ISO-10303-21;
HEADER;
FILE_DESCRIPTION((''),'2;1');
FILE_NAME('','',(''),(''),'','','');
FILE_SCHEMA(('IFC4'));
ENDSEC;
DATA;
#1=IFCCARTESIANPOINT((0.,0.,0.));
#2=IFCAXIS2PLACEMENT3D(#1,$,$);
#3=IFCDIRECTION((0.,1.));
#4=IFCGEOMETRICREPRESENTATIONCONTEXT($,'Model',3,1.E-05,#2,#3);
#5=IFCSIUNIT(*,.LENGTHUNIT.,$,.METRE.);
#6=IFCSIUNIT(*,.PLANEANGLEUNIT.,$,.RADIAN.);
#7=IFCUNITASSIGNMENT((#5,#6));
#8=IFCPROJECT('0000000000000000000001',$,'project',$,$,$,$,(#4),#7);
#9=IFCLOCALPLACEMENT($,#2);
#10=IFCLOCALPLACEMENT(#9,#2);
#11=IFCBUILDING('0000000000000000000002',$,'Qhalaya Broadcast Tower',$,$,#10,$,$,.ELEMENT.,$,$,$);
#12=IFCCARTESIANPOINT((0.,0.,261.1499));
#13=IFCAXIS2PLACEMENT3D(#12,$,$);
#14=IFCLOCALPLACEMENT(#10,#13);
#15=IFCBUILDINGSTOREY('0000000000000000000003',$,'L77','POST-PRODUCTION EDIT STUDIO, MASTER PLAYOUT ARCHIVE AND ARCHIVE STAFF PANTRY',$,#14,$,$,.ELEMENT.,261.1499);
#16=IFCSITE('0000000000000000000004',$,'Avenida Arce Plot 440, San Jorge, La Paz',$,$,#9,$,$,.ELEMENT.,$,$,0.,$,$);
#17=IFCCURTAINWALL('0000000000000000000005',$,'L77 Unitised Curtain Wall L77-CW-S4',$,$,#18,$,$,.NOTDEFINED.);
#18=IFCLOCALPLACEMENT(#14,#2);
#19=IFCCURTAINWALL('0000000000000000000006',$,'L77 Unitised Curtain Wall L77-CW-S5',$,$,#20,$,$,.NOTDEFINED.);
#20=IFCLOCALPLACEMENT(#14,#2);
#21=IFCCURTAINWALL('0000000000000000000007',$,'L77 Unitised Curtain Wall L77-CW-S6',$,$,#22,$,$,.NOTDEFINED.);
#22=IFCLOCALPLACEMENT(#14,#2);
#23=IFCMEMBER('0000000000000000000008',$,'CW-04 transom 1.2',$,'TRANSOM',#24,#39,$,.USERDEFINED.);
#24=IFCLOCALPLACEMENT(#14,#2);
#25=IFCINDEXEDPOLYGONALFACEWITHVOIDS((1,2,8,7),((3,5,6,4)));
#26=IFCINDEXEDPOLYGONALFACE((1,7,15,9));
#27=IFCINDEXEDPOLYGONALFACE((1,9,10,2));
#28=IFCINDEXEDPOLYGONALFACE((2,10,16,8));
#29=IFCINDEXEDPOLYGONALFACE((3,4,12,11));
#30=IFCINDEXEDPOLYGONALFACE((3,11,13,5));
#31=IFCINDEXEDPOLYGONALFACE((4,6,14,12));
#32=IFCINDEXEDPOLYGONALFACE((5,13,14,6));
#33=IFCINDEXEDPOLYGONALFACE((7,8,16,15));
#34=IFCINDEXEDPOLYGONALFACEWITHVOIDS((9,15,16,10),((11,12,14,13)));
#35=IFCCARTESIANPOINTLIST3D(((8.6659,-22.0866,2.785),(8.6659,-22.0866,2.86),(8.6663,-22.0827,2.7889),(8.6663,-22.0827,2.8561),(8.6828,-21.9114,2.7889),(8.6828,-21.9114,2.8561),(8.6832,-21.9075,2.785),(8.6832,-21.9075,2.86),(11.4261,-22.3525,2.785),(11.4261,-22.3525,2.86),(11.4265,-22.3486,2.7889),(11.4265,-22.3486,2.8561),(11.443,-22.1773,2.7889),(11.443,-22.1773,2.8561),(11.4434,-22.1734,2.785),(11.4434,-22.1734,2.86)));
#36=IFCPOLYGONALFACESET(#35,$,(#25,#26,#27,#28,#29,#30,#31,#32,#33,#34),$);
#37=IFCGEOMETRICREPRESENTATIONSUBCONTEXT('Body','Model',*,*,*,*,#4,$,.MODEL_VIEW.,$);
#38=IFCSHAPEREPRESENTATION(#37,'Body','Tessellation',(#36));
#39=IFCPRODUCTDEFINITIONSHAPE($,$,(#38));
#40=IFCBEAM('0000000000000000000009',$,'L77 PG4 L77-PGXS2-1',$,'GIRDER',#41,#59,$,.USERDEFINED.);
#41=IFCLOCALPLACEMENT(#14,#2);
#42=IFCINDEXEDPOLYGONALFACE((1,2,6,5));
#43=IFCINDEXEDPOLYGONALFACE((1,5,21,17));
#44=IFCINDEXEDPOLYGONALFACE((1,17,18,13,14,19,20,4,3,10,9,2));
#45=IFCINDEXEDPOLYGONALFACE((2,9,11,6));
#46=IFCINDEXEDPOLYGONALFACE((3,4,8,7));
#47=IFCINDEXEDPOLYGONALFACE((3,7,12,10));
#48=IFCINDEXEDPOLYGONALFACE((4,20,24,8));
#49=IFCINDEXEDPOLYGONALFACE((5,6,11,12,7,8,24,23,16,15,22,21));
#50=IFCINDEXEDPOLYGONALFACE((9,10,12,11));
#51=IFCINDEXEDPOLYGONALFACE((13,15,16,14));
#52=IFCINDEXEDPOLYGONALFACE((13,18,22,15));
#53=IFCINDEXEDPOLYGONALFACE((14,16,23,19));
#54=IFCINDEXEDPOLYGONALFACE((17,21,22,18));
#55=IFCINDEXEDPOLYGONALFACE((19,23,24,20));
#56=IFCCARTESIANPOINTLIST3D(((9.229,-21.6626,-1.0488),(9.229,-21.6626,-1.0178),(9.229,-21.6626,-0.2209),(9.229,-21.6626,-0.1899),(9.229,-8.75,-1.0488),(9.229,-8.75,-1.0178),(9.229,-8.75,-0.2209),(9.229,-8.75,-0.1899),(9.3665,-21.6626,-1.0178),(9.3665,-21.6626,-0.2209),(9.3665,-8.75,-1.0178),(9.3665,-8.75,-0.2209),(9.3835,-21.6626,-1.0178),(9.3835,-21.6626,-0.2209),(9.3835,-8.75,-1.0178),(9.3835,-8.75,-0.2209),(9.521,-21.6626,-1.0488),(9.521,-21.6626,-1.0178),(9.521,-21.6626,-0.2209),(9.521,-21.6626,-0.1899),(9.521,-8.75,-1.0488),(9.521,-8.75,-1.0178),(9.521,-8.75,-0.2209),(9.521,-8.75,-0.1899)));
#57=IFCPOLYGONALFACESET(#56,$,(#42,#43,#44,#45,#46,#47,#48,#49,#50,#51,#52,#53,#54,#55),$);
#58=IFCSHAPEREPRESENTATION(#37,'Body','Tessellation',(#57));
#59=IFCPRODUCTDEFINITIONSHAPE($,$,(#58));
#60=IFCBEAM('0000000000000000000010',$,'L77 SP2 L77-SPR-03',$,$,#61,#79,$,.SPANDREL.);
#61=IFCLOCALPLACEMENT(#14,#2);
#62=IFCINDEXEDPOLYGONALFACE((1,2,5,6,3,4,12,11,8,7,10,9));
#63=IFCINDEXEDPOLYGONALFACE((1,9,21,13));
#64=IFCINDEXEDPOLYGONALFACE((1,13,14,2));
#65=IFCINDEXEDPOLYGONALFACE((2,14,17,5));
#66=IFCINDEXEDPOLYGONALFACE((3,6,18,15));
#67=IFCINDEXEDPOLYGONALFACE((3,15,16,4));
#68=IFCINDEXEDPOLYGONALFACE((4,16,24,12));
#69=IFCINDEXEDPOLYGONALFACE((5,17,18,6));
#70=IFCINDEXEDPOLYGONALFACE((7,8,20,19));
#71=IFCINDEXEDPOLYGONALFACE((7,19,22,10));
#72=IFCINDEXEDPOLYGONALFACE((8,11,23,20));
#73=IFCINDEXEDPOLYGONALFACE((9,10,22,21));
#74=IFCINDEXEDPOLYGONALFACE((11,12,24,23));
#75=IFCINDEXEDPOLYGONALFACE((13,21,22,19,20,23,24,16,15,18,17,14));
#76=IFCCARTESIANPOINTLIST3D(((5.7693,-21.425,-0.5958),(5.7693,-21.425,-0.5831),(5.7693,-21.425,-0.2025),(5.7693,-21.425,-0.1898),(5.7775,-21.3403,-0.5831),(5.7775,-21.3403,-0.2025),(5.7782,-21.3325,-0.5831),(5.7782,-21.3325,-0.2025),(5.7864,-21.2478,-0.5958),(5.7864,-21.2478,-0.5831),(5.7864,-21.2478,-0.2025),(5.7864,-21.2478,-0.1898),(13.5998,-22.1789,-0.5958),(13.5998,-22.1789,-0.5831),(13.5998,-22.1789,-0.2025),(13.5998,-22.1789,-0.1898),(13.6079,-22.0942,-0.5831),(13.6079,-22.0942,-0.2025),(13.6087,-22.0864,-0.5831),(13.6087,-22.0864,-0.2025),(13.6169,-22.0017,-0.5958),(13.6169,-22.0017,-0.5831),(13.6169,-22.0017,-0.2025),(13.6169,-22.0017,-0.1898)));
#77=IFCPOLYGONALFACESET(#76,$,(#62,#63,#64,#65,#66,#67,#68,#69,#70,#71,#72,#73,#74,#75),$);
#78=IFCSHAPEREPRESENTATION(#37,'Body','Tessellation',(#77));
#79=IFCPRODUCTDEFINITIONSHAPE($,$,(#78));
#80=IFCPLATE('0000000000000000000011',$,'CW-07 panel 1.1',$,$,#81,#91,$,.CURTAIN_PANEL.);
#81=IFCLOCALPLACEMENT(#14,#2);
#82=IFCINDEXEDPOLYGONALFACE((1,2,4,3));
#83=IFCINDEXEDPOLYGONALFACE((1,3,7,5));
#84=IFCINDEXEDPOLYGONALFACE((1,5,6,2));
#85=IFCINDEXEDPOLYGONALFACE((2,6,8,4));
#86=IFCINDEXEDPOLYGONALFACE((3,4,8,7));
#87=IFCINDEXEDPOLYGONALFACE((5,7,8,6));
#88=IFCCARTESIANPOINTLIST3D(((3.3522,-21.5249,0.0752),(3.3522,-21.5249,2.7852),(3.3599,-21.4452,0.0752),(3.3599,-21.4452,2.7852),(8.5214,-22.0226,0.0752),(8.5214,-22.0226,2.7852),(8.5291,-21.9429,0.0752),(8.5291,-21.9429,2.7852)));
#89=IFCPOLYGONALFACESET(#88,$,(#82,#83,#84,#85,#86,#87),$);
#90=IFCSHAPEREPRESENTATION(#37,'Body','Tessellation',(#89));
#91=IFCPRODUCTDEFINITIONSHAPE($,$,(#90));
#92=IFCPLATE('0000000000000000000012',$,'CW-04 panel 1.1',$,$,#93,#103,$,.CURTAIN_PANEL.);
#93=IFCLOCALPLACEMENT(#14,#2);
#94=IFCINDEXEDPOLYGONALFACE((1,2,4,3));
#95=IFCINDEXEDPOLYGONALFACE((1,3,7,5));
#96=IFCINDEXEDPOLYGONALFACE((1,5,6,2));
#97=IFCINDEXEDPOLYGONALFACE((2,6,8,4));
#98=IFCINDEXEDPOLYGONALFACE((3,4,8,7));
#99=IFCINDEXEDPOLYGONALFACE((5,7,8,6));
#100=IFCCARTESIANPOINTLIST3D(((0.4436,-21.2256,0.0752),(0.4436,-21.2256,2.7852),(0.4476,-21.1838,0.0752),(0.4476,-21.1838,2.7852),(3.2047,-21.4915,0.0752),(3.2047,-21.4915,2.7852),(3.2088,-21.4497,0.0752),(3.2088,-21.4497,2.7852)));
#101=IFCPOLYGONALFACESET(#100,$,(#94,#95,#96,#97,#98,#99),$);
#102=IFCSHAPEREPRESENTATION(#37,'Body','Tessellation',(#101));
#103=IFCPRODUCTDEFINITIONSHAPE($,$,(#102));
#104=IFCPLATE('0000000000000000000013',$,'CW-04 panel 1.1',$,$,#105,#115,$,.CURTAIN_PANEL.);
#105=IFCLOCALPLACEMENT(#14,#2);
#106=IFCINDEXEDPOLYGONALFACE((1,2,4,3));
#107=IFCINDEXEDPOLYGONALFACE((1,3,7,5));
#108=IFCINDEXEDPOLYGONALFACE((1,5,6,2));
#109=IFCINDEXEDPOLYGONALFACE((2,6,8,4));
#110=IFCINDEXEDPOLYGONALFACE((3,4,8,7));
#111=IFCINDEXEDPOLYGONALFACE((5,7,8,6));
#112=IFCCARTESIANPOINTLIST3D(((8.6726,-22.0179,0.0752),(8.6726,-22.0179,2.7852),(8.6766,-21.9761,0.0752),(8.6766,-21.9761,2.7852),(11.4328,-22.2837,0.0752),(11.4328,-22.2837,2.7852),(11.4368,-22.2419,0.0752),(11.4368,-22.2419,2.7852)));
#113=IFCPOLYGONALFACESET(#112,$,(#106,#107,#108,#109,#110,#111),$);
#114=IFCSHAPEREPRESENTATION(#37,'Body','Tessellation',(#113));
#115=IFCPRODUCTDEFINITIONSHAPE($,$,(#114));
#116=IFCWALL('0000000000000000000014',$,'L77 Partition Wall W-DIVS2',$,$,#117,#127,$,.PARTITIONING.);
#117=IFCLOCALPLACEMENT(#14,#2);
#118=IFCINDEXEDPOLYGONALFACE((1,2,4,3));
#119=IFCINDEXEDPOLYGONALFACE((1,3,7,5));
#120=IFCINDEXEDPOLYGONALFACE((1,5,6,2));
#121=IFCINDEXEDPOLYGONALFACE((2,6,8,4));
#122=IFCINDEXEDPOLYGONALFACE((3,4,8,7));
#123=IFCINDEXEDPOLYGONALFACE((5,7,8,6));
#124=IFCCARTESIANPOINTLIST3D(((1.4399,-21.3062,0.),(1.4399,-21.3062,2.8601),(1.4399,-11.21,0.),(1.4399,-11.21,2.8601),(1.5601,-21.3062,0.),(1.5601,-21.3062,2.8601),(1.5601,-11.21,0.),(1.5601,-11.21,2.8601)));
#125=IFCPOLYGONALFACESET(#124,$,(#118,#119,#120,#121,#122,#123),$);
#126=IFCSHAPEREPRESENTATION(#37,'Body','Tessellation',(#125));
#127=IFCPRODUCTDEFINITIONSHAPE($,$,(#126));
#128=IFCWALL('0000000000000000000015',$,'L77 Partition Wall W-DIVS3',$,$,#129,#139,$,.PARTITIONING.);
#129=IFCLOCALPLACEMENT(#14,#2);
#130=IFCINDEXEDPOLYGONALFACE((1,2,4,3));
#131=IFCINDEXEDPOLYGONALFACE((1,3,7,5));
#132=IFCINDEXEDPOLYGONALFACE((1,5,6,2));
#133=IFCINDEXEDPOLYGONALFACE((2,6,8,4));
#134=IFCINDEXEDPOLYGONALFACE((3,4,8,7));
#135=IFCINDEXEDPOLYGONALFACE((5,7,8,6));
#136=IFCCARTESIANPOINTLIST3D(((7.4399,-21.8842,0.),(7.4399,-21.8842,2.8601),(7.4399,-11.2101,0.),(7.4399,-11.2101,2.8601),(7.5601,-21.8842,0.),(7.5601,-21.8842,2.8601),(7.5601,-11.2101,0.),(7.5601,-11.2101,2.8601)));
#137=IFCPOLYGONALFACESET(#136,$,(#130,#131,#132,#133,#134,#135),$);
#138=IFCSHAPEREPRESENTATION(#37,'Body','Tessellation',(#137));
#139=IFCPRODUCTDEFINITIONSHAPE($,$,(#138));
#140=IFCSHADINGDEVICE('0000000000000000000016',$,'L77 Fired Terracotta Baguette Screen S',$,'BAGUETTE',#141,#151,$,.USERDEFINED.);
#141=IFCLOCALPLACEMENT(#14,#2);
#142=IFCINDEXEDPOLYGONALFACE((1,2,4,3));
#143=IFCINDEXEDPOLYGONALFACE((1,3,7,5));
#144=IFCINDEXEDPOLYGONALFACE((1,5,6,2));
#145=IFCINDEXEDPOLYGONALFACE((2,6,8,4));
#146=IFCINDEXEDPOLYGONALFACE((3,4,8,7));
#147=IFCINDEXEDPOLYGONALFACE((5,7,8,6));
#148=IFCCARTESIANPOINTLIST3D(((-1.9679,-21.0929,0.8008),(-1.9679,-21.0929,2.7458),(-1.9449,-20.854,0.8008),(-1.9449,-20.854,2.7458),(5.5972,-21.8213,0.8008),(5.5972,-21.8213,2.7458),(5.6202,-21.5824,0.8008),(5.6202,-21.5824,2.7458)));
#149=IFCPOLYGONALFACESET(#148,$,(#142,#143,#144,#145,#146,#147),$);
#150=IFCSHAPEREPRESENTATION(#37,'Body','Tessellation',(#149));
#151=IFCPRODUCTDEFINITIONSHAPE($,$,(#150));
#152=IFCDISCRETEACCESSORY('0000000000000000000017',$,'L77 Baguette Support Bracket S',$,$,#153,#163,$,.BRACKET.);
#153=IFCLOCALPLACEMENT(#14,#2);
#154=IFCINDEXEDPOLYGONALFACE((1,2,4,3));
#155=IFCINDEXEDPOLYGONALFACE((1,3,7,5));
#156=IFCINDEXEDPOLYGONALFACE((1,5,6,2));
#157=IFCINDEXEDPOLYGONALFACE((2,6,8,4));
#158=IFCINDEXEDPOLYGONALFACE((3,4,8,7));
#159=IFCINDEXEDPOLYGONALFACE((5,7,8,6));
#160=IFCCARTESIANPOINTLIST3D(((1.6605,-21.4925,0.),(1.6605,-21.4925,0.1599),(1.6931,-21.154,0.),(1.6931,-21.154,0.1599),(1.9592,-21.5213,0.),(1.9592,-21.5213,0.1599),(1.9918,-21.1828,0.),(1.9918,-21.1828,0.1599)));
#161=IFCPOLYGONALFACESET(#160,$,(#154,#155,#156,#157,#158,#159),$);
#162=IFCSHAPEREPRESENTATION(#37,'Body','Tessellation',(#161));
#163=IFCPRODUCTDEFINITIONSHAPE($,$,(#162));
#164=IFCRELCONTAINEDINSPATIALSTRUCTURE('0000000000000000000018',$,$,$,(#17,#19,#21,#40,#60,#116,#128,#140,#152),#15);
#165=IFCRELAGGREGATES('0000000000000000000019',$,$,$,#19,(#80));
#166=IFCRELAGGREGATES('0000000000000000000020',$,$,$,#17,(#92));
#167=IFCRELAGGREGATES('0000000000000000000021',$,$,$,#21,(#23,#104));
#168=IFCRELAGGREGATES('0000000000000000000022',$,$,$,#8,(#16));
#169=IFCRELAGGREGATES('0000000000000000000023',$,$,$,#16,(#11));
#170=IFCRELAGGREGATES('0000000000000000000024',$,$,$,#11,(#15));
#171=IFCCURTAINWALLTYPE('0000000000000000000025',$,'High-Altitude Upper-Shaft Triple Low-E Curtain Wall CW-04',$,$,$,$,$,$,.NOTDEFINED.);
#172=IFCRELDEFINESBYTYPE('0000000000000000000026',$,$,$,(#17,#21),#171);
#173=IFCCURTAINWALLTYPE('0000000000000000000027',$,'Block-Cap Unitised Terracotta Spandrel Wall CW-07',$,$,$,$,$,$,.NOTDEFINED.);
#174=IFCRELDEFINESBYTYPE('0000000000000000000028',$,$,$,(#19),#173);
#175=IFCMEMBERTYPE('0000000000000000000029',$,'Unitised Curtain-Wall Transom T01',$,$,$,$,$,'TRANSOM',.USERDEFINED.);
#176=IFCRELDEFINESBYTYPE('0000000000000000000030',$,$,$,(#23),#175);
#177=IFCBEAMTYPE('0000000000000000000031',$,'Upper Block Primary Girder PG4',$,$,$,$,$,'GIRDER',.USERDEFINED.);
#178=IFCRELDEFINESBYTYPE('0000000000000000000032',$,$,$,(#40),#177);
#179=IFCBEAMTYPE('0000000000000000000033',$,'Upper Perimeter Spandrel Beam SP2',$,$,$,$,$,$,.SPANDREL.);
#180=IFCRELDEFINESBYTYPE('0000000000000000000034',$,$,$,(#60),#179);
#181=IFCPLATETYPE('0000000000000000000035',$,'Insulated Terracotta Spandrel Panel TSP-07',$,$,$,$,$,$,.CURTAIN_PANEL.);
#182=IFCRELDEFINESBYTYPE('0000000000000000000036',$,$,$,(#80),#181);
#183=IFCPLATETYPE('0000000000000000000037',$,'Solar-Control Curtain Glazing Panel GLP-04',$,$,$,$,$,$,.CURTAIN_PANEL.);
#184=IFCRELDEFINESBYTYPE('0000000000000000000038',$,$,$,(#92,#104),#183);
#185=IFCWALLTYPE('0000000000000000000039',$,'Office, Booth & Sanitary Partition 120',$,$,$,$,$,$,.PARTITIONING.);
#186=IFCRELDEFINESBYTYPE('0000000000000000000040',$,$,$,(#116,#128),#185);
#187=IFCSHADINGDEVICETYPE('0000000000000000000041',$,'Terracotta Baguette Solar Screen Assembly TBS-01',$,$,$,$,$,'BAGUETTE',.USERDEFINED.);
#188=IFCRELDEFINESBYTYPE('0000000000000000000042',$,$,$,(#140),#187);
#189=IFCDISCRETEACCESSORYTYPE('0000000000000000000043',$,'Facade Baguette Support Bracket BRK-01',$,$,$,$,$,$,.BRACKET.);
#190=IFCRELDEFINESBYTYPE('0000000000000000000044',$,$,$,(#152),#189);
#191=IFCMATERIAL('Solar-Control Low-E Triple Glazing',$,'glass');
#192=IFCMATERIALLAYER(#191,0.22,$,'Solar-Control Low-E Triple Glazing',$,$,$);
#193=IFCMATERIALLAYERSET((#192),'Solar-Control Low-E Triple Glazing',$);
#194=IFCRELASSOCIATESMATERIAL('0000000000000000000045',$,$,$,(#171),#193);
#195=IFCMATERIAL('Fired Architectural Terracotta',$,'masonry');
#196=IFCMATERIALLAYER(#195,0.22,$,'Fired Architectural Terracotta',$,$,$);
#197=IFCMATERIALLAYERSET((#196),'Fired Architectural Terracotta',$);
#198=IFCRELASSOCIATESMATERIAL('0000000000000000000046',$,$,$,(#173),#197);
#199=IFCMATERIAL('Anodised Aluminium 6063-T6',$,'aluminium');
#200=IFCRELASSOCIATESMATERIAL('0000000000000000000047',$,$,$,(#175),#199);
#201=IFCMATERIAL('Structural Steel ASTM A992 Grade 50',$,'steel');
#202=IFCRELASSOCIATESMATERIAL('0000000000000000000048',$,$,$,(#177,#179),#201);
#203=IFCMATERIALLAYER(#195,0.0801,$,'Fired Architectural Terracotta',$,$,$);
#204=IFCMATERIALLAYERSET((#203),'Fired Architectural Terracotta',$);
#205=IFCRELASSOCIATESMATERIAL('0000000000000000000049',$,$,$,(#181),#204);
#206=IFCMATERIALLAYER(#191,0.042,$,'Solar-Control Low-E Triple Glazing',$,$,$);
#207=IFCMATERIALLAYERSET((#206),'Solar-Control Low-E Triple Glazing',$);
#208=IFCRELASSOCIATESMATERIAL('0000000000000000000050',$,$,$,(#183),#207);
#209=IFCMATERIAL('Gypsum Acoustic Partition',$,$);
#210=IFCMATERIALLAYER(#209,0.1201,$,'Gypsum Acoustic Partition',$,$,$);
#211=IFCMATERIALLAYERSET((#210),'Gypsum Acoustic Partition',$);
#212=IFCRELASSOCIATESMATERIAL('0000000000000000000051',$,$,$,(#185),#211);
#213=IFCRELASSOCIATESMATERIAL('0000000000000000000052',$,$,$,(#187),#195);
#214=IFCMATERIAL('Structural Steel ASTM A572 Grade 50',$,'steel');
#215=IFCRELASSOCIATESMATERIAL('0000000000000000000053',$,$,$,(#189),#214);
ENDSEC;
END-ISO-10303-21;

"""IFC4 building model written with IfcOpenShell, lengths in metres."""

from ifc_helpers import new_model, si_unit, direction, frame, frame_2d, origin, origin_2d, place, context, subcontext, project, spatial, rectangle, hollow_rectangle, i_section, extrude, material, layer, layer_set, material_profile, profile_set, type_object, element, aggregate, save


model = new_model("IFC4")

# Units and contexts
model_context = context("Model", 3, precision=1e-05, world=origin(), true_north=direction((0.0, 1.0)))
body_context = subcontext(model_context, "Body", "Model", "MODEL_VIEW")
ifc_project = project(units=[si_unit("LENGTHUNIT", "METRE"), si_unit("PLANEANGLEUNIT", "RADIAN")], contexts=[model_context])

# Site, building, storey
site_placement = place(None, origin())
site = spatial("IfcSite", under=ifc_project, at=site_placement, Name="Avenida Arce Plot 440, San Jorge, La Paz", CompositionType="ELEMENT", RefElevation=0.0)
building_placement = place(site_placement, origin())
building = spatial("IfcBuilding", under=site, at=building_placement, Name="Qhalaya Broadcast Tower", CompositionType="ELEMENT")
storey_placement = place(building_placement, frame((0.0, 0.0, 261.1499)))
storey = spatial("IfcBuildingStorey", under=building, at=storey_placement, Name="L77", Description="POST-PRODUCTION EDIT STUDIO, MASTER PLAYOUT ARCHIVE AND ARCHIVE STAFF PANTRY", CompositionType="ELEMENT", Elevation=261.1499)

# Shared definitions
ifc_material_1 = material(Name="Structural Steel ASTM A572 Grade 50", Category="steel")

# Shared definitions
ifc_material_2 = material(Name="Structural Steel ASTM A992 Grade 50", Category="steel")

# Curtain wall
ifc_material_3 = material(Name="Solar-Control Low-E Triple Glazing", Category="glass")
ifc_layer_1 = layer(ifc_material_3, 0.22, Name="Solar-Control Low-E Triple Glazing")
ifc_layer_set_1 = layer_set([ifc_layer_1], Name="Solar-Control Low-E Triple Glazing")
curtain_wall_type_1 = type_object("IfcCurtainWallType", Name="High-Altitude Upper-Shaft Triple Low-E Curtain Wall CW-04", PredefinedType="NOTDEFINED", material=ifc_layer_set_1)
curtain_wall_1_placement = place(storey_placement, origin())
curtain_wall_1 = element("IfcCurtainWall", 1, at=curtain_wall_1_placement, inside=storey, type_object=curtain_wall_type_1, Name="L77 Unitised Curtain Wall L77-CW-S4", PredefinedType="NOTDEFINED")
ifc_material_4 = material(Name="Anodised Aluminium 6063-T6", Category="aluminium")

# Curtain wall
ifc_material_5 = material(Name="Fired Architectural Terracotta", Category="masonry")
ifc_layer_2 = layer(ifc_material_5, 0.22, Name="Fired Architectural Terracotta")
ifc_layer_set_2 = layer_set([ifc_layer_2], Name="Fired Architectural Terracotta")
curtain_wall_type_2 = type_object("IfcCurtainWallType", Name="Block-Cap Unitised Terracotta Spandrel Wall CW-07", PredefinedType="NOTDEFINED", material=ifc_layer_set_2)
curtain_wall_2_placement = place(storey_placement, origin())
curtain_wall_2 = element("IfcCurtainWall", 2, at=curtain_wall_2_placement, inside=storey, type_object=curtain_wall_type_2, Name="L77 Unitised Curtain Wall L77-CW-S5", PredefinedType="NOTDEFINED")

# Curtain wall
curtain_wall_3_placement = place(storey_placement, origin())
curtain_wall_3 = element("IfcCurtainWall", 3, at=curtain_wall_3_placement, inside=storey, type_object=curtain_wall_type_1, Name="L77 Unitised Curtain Wall L77-CW-S6", PredefinedType="NOTDEFINED")

# Member
ifc_material_profile_1 = material_profile(ifc_material_4, hollow_rectangle(XDim=0.075, YDim=0.1799, WallThickness=0.0039, at=origin_2d()), Name="ALU-TRN 75x180x4")
ifc_profile_set_1 = profile_set([ifc_material_profile_1], Name="Anodised Aluminium 6063-T6")
member_type_1 = type_object("IfcMemberType", Name="Unitised Curtain-Wall Transom T01", ElementType="TRANSOM", PredefinedType="USERDEFINED", material=ifc_profile_set_1)
member_1_placement = place(storey_placement, frame((8.6746, -21.9971, 2.8225), z_axis=(0.995393, -0.095877, 0.0), x_axis=(0.0, 0.0, 1.0)))
member_1 = element("IfcMember", 4, at=member_1_placement, type_object=member_type_1, Name="CW-04 transom 1.2", ObjectType="TRANSOM", PredefinedType="USERDEFINED", context=body_context, shape_type="SweptSolid", body=[
    extrude(hollow_rectangle(XDim=0.075, YDim=0.1799, WallThickness=0.0039, at=origin_2d()), origin(), (0.0, 0.0, 1.0), 2.7729),
])

# Beams
ifc_material_profile_2 = material_profile(ifc_material_2, i_section(OverallWidth=0.292, OverallDepth=0.8589, WebThickness=0.0171, FlangeThickness=0.031, at=origin_2d()), Name="W33X169")
ifc_profile_set_2 = profile_set([ifc_material_profile_2], Name="Structural Steel ASTM A992 Grade 50")
beam_type_1 = type_object("IfcBeamType", Name="Upper Block Primary Girder PG4", ElementType="GIRDER", PredefinedType="USERDEFINED", material=ifc_profile_set_2)
beam_1_placement = place(storey_placement, frame((9.375, -21.6626, -0.6194), z_axis=(0.0, 1.0, 0.0), x_axis=(-1.0, 0.0, 0.0)))
element("IfcBeam", 5, at=beam_1_placement, inside=storey, type_object=beam_type_1, Name="L77 PG4 L77-PGXS2-1", ObjectType="GIRDER", PredefinedType="USERDEFINED", context=body_context, shape_type="SweptSolid", body=[
    extrude(i_section(OverallWidth=0.292, OverallDepth=0.8589, WebThickness=0.0171, FlangeThickness=0.031, at=origin_2d()), origin(), (0.0, 0.0, 1.0), 12.9126),
])
ifc_material_profile_3 = material_profile(ifc_material_2, i_section(OverallWidth=0.178, OverallDepth=0.406, WebThickness=0.0078, FlangeThickness=0.0127, at=origin_2d()), Name="W16X40")
ifc_profile_set_3 = profile_set([ifc_material_profile_3], Name="Structural Steel ASTM A992 Grade 50")
beam_type_2 = type_object("IfcBeamType", Name="Upper Perimeter Spandrel Beam SP2", PredefinedType="SPANDREL", material=ifc_profile_set_3)
beam_2_placement = place(storey_placement, frame((5.7778, -21.3364, -0.3928), z_axis=(0.995397, -0.095834, 0.0), x_axis=(0.095834, 0.995397, 0.0)))
element("IfcBeam", 6, at=beam_2_placement, inside=storey, type_object=beam_type_2, Name="L77 SP2 L77-SPR-03", PredefinedType="SPANDREL", context=body_context, shape_type="SweptSolid", body=[
    extrude(i_section(OverallWidth=0.178, OverallDepth=0.406, WebThickness=0.0078, FlangeThickness=0.0127, at=origin_2d()), origin(), (0.0, 0.0, 1.0), 7.8667),
])

# Plates
ifc_layer_3 = layer(ifc_material_5, 0.0801, Name="Fired Architectural Terracotta")
ifc_layer_set_3 = layer_set([ifc_layer_3], Name="Fired Architectural Terracotta")
plate_type_1 = type_object("IfcPlateType", Name="Insulated Terracotta Spandrel Panel TSP-07", PredefinedType="CURTAIN_PANEL", material=ifc_layer_set_3)
plate_1_placement = place(storey_placement, frame((5.9407, -21.7339, 0.0752), z_axis=(0.0, 0.0, 1.0), x_axis=(0.995396, -0.095845, 0.0)))
plate_1 = element("IfcPlate", 7, at=plate_1_placement, type_object=plate_type_1, Name="CW-07 panel 1.1", PredefinedType="CURTAIN_PANEL", context=body_context, shape_type="SweptSolid", body=[
    extrude(rectangle(XDim=5.1931, YDim=0.0801, at=origin_2d()), origin(), (0.0, 0.0, 1.0), 2.71),
])
aggregate(curtain_wall_2, [plate_1])
ifc_layer_4 = layer(ifc_material_3, 0.042, Name="Solar-Control Low-E Triple Glazing")
ifc_layer_set_4 = layer_set([ifc_layer_4], Name="Solar-Control Low-E Triple Glazing")
plate_type_2 = type_object("IfcPlateType", Name="Solar-Control Curtain Glazing Panel GLP-04", PredefinedType="CURTAIN_PANEL", material=ifc_layer_set_4)
plate_2_placement = place(storey_placement, frame((1.8262, -21.3376, 0.0752), z_axis=(0.0, 0.0, 1.0), x_axis=(0.995398, -0.095829, 0.0)))
plate_2 = element("IfcPlate", 8, at=plate_2_placement, type_object=plate_type_2, Name="CW-04 panel 1.1", PredefinedType="CURTAIN_PANEL", context=body_context, shape_type="SweptSolid", body=[
    extrude(rectangle(XDim=2.7739, YDim=0.042, at=origin_2d()), origin(), (0.0, 0.0, 1.0), 2.71),
])
aggregate(curtain_wall_1, [plate_2])
plate_3_placement = place(storey_placement, frame((10.0547, -22.1299, 0.0752), z_axis=(0.0, 0.0, 1.0), x_axis=(0.995395, -0.095858, 0.0)))
plate_3 = element("IfcPlate", 9, at=plate_3_placement, type_object=plate_type_2, Name="CW-04 panel 1.1", PredefinedType="CURTAIN_PANEL", context=body_context, shape_type="SweptSolid", body=[
    extrude(rectangle(XDim=2.7729, YDim=0.042, at=origin_2d()), origin(), (0.0, 0.0, 1.0), 2.71),
])
aggregate(curtain_wall_3, [member_1, plate_3])

# Walls
ifc_material_6 = material(Name="Gypsum Acoustic Partition")
ifc_layer_5 = layer(ifc_material_6, 0.1201, Name="Gypsum Acoustic Partition")
ifc_layer_set_5 = layer_set([ifc_layer_5], Name="Gypsum Acoustic Partition")
wall_type = type_object("IfcWallType", Name="Office, Booth & Sanitary Partition 120", PredefinedType="PARTITIONING", material=ifc_layer_set_5)
wall_1_placement = place(storey_placement, frame((1.5, -21.3062, 0.0), z_axis=(0.0, 0.0, 1.0), x_axis=(0.0, 1.0, 0.0)))
element("IfcWall", 10, at=wall_1_placement, inside=storey, type_object=wall_type, Name="L77 Partition Wall W-DIVS2", PredefinedType="PARTITIONING", context=body_context, shape_type="SweptSolid", body=[
    extrude(rectangle(XDim=10.0962, YDim=0.1201, at=frame_2d((5.0481, 0.0))), origin(), (0.0, 0.0, 1.0), 2.8601),
])
wall_2_placement = place(storey_placement, frame((7.5, -21.884, 0.0), z_axis=(0.0, 0.0, 1.0), x_axis=(0.0, 1.0, 0.0)))
element("IfcWall", 11, at=wall_2_placement, inside=storey, type_object=wall_type, Name="L77 Partition Wall W-DIVS3", PredefinedType="PARTITIONING", context=body_context, shape_type="SweptSolid", body=[
    extrude(rectangle(XDim=10.6741, YDim=0.1201, at=frame_2d((5.3369, 0.0))), origin(), (0.0, 0.0, 1.0), 2.8601),
])

# Shading device
shading_device_type = type_object("IfcShadingDeviceType", Name="Terracotta Baguette Solar Screen Assembly TBS-01", ElementType="BAGUETTE", PredefinedType="USERDEFINED", material=ifc_material_5)
shading_device_placement = place(storey_placement, frame((1.8262, -21.3376, 0.8008), z_axis=(0.0, 0.0, 1.0), x_axis=(0.995396, -0.095846, 0.0)))
element("IfcShadingDevice", 12, at=shading_device_placement, inside=storey, type_object=shading_device_type, Name="L77 Fired Terracotta Baguette Screen S", ObjectType="BAGUETTE", PredefinedType="USERDEFINED", context=body_context, shape_type="SweptSolid", body=[
    extrude(rectangle(XDim=7.6001, YDim=0.24, at=origin_2d()), origin(), (0.0, 0.0, 1.0), 1.9451),
])

# Discrete accessory
discrete_accessory_type = type_object("IfcDiscreteAccessoryType", Name="Facade Baguette Support Bracket BRK-01", PredefinedType="BRACKET", material=ifc_material_1)
discrete_accessory_placement = place(storey_placement, frame((1.8262, -21.3376, 0.0), z_axis=(0.0, 0.0, 1.0), x_axis=(0.995396, -0.095846, 0.0)))
element("IfcDiscreteAccessory", 13, at=discrete_accessory_placement, inside=storey, type_object=discrete_accessory_type, Name="L77 Baguette Support Bracket S", PredefinedType="BRACKET", context=body_context, shape_type="SweptSolid", body=[
    extrude(rectangle(XDim=0.3, YDim=0.3401, at=origin_2d()), origin(), (0.0, 0.0, 1.0), 0.1599),
])

save(model, "model.ifc")
